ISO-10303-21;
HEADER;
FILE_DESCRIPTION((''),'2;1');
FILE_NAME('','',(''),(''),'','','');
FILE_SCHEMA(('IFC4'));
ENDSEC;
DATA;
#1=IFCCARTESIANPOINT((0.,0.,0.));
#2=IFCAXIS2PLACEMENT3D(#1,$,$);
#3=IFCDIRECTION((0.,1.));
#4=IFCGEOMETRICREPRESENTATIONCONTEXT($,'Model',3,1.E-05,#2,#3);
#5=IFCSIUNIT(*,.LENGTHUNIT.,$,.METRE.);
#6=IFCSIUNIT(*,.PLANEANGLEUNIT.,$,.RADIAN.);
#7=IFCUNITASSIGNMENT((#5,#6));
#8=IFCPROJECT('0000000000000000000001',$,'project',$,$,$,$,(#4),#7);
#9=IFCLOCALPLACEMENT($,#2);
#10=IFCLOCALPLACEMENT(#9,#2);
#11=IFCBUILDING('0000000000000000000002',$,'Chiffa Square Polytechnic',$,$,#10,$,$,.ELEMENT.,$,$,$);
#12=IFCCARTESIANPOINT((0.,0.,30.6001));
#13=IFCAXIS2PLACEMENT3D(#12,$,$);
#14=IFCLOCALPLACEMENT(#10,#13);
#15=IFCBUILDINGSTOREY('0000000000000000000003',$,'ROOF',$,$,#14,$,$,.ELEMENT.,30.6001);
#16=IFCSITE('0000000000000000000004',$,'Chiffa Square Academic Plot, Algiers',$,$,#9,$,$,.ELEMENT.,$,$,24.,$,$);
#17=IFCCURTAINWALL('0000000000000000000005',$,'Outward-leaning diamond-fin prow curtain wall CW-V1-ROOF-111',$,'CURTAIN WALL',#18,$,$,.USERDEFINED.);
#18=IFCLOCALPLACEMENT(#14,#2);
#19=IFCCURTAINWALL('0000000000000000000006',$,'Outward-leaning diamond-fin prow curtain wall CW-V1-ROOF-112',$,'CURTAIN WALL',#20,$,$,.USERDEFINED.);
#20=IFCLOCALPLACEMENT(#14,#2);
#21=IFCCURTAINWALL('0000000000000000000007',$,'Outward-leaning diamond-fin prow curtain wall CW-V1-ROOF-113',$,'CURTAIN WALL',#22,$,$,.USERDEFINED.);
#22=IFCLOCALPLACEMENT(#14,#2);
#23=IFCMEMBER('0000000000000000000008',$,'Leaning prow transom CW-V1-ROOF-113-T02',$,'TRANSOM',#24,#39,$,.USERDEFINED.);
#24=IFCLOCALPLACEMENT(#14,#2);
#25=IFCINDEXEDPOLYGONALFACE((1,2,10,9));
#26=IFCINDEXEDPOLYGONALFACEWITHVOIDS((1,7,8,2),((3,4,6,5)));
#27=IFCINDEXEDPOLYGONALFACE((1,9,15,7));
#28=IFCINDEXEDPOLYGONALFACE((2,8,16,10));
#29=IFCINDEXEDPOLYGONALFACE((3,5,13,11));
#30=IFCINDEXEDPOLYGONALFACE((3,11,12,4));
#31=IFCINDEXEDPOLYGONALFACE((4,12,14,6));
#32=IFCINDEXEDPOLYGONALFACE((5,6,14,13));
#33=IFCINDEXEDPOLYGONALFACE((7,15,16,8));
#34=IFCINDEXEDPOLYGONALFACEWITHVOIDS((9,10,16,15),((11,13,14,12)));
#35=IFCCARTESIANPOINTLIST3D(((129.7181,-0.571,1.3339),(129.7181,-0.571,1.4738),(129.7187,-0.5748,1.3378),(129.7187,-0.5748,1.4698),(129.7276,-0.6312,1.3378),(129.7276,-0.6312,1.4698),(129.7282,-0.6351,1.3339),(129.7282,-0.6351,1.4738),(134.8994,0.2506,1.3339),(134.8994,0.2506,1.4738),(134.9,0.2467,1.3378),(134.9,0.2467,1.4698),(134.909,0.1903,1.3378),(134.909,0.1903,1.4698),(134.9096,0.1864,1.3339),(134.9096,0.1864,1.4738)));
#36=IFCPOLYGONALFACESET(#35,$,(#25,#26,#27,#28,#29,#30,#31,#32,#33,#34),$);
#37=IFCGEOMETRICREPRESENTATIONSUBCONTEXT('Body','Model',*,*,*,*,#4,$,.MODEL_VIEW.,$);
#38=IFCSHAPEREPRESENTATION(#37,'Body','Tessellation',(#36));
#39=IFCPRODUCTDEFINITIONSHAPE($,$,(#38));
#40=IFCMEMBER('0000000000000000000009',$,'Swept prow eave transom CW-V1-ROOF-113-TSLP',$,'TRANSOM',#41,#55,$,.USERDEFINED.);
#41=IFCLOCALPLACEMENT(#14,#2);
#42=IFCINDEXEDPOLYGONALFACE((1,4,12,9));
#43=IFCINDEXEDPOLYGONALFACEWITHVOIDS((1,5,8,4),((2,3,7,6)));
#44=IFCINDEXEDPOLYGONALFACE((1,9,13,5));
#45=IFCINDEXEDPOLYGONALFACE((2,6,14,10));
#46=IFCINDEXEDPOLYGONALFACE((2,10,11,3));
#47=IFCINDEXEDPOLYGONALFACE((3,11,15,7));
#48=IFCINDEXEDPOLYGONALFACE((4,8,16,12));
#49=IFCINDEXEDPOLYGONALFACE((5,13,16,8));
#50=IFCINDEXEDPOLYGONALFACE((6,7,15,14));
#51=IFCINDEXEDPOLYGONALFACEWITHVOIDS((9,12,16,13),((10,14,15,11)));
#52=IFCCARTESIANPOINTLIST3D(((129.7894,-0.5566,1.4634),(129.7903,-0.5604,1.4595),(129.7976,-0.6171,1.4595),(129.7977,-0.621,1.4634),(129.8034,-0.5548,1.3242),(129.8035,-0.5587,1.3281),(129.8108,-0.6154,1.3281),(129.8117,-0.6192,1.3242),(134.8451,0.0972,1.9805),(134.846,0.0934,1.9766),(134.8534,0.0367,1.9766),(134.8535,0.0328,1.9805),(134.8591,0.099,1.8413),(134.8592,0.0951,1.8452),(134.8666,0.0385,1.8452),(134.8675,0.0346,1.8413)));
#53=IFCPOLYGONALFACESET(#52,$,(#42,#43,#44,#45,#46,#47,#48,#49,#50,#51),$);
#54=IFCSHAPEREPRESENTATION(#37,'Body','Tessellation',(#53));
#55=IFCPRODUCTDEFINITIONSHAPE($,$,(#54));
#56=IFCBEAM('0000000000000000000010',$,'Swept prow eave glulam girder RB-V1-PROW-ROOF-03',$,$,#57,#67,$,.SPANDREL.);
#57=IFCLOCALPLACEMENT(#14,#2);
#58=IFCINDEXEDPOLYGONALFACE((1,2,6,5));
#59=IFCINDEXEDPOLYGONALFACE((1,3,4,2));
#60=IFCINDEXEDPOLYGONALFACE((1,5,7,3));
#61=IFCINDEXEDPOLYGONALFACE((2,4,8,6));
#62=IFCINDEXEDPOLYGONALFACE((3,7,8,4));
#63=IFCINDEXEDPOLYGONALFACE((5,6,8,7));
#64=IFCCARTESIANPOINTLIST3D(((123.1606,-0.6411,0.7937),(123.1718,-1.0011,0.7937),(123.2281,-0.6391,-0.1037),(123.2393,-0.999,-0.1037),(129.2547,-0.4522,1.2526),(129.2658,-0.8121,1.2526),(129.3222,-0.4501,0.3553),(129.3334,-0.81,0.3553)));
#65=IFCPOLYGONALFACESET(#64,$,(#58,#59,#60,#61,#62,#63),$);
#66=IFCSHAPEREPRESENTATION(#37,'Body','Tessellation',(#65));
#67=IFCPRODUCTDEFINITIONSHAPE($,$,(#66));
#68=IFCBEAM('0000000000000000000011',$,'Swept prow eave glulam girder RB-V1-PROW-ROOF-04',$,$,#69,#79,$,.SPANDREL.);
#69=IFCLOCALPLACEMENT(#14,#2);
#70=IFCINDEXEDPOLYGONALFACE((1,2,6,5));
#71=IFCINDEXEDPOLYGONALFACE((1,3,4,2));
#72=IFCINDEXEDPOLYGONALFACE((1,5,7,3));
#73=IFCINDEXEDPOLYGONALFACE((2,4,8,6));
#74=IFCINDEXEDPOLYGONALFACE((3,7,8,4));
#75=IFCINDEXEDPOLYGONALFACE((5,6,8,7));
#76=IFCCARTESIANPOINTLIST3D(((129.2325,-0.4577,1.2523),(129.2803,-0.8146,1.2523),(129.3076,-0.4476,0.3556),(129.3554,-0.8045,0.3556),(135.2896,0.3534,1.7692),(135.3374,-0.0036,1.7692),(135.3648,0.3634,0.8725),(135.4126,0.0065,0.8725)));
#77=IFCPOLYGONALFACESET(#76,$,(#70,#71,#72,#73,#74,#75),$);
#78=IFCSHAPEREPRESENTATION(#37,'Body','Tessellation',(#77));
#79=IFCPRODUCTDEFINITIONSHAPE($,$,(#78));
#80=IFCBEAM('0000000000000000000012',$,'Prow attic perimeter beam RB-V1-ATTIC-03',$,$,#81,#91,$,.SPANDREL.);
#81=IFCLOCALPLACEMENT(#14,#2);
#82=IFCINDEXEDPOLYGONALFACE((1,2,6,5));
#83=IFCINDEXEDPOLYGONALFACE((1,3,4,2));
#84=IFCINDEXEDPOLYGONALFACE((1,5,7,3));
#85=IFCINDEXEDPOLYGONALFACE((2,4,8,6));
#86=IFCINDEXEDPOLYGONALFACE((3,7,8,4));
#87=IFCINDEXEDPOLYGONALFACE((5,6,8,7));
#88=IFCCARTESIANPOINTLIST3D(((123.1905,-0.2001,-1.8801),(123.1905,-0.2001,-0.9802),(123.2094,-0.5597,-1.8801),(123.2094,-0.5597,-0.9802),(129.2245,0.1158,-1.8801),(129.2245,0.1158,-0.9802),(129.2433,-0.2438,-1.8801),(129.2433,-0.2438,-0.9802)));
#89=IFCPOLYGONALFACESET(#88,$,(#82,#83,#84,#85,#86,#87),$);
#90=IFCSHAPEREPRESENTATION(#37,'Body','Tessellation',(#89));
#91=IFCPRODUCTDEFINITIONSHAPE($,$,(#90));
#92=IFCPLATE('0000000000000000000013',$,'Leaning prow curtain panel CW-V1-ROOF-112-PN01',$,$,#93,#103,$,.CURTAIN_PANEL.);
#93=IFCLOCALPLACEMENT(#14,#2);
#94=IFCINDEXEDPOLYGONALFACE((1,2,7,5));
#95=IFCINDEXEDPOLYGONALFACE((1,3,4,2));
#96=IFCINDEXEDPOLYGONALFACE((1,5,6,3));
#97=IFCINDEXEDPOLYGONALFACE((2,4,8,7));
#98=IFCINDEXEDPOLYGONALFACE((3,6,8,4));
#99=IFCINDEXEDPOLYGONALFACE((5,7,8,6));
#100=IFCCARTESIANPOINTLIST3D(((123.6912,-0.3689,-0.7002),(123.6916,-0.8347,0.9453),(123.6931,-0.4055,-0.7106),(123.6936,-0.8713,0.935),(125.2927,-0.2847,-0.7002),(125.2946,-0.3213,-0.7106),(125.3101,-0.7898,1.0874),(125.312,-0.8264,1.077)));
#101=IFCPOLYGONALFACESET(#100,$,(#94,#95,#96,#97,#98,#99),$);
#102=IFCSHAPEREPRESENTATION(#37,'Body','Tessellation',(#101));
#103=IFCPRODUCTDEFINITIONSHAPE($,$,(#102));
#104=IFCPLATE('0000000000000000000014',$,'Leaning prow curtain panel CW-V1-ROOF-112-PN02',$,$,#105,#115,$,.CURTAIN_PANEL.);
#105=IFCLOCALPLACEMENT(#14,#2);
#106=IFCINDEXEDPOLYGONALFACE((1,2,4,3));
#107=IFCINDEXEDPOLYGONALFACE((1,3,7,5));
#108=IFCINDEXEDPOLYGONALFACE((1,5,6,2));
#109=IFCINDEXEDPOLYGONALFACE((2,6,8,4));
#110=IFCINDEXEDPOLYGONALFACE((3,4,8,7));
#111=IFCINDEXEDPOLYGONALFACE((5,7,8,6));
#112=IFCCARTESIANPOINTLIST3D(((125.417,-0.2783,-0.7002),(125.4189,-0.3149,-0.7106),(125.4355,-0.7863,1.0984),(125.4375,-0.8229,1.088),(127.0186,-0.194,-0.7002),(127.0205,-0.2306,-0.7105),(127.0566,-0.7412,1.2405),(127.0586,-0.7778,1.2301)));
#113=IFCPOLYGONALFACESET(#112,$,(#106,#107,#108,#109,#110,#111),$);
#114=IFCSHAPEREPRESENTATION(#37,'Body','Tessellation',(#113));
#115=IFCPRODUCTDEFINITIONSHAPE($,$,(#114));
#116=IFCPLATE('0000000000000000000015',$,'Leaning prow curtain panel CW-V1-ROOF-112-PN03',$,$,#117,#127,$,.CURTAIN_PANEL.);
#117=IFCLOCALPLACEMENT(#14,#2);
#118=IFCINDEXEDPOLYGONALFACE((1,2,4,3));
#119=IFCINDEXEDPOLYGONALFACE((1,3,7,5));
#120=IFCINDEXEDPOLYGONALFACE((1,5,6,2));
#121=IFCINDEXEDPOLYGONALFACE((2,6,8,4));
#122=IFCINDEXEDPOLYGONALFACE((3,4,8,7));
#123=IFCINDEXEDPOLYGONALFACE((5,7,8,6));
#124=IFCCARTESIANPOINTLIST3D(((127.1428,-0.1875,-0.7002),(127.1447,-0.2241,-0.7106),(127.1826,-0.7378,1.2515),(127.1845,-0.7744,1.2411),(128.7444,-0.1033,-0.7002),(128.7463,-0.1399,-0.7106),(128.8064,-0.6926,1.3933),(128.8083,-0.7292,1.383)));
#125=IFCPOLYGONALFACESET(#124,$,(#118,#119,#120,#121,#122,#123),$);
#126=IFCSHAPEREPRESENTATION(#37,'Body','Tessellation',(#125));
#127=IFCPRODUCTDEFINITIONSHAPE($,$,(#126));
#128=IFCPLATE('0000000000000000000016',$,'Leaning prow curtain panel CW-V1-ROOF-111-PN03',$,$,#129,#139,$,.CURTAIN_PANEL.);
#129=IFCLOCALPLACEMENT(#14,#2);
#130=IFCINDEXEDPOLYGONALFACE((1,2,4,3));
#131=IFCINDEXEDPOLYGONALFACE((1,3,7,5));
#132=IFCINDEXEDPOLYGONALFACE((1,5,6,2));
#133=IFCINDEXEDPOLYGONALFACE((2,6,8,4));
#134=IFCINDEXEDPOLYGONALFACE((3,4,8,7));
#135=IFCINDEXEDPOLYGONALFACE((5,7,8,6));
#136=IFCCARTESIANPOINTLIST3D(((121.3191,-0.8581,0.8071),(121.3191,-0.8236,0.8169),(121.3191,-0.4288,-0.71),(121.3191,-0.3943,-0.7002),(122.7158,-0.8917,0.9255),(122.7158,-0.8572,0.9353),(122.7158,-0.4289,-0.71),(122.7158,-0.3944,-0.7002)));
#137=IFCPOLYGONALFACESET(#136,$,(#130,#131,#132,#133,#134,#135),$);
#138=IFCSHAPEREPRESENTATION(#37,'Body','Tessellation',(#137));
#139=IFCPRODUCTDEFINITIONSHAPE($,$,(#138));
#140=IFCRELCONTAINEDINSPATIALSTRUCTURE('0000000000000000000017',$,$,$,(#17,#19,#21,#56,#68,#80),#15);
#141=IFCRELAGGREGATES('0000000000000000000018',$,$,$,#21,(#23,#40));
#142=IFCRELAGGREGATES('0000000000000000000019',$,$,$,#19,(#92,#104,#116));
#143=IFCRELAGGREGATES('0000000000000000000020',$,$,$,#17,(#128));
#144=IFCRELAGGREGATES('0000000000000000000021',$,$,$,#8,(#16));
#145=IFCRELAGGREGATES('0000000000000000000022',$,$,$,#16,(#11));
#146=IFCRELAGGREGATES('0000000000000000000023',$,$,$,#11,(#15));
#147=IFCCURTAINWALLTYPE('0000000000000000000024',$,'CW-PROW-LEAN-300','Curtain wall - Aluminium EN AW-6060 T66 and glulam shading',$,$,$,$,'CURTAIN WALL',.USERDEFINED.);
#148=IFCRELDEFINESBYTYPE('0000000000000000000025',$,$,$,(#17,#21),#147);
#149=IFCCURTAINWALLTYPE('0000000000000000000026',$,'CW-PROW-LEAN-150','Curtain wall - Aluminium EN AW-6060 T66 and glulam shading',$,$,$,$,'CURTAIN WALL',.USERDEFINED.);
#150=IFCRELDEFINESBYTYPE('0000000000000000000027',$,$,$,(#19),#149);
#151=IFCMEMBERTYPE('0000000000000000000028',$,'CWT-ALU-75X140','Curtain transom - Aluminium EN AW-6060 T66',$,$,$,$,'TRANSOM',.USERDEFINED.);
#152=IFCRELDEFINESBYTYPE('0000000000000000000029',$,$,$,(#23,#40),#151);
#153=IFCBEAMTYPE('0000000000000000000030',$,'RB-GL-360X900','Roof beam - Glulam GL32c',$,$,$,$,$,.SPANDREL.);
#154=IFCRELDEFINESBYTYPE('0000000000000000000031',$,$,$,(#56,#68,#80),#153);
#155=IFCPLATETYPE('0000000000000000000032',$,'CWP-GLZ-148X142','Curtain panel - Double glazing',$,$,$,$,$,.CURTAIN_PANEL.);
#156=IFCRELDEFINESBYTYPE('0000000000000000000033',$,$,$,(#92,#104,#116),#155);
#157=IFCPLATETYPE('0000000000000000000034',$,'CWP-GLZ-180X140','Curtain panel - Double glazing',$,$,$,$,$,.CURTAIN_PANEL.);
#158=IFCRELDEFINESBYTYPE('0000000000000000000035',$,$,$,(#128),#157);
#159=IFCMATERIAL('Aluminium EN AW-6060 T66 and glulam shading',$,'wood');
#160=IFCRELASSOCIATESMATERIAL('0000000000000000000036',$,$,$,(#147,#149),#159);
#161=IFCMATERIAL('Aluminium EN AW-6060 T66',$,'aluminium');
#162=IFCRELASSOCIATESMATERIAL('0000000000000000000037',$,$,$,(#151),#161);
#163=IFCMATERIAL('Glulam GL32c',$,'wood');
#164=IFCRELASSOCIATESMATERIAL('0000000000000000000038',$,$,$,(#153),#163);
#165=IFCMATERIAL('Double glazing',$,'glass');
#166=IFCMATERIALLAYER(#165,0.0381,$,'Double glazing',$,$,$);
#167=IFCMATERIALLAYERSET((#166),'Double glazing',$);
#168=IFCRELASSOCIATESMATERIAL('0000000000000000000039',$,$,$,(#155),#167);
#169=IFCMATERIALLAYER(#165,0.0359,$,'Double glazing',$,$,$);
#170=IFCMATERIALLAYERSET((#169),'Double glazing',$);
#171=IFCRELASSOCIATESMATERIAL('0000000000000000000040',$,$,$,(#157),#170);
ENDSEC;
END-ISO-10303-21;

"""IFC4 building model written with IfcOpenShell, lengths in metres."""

from ifc_helpers import new_model, si_unit, direction, frame, origin, origin_2d, place, context, subcontext, project, spatial, polyline, rectangle, hollow_rectangle, outline, extrude, material, layer, layer_set, material_profile, profile_set, type_object, element, aggregate, save


model = new_model("IFC4")

# Units and contexts
model_context = context("Model", 3, precision=1e-05, world=origin(), true_north=direction((0.0, 1.0)))
body_context = subcontext(model_context, "Body", "Model", "MODEL_VIEW")
ifc_project = project(units=[si_unit("LENGTHUNIT", "METRE"), si_unit("PLANEANGLEUNIT", "RADIAN")], contexts=[model_context])

# Site, building, storey
site_placement = place(None, origin())
site = spatial("IfcSite", under=ifc_project, at=site_placement, Name="Chiffa Square Academic Plot, Algiers", CompositionType="ELEMENT", RefElevation=24.0)
building_placement = place(site_placement, origin())
building = spatial("IfcBuilding", under=site, at=building_placement, Name="Chiffa Square Polytechnic", CompositionType="ELEMENT")
storey_placement = place(building_placement, frame((0.0, 0.0, 30.6001)))
storey = spatial("IfcBuildingStorey", under=building, at=storey_placement, Name="ROOF", CompositionType="ELEMENT", Elevation=30.6001)

# Shared definitions
ifc_material_1 = material(Name="Glulam GL32c", Category="wood")

# Curtain walls
ifc_material_2 = material(Name="Aluminium EN AW-6060 T66 and glulam shading", Category="wood")
curtain_wall_type_1 = type_object("IfcCurtainWallType", Name="CW-PROW-LEAN-300", Description="Curtain wall - Aluminium EN AW-6060 T66 and glulam shading", ElementType="CURTAIN WALL", PredefinedType="USERDEFINED", material=ifc_material_2)
curtain_wall_1_placement = place(storey_placement, origin())
curtain_wall_1 = element("IfcCurtainWall", 1, at=curtain_wall_1_placement, inside=storey, type_object=curtain_wall_type_1, Name="Outward-leaning diamond-fin prow curtain wall CW-V1-ROOF-111", ObjectType="CURTAIN WALL", PredefinedType="USERDEFINED")
ifc_material_3 = material(Name="Aluminium EN AW-6060 T66", Category="aluminium")
curtain_wall_type_2 = type_object("IfcCurtainWallType", Name="CW-PROW-LEAN-150", Description="Curtain wall - Aluminium EN AW-6060 T66 and glulam shading", ElementType="CURTAIN WALL", PredefinedType="USERDEFINED", material=ifc_material_2)
curtain_wall_2_placement = place(storey_placement, origin())
curtain_wall_2 = element("IfcCurtainWall", 2, at=curtain_wall_2_placement, inside=storey, type_object=curtain_wall_type_2, Name="Outward-leaning diamond-fin prow curtain wall CW-V1-ROOF-112", ObjectType="CURTAIN WALL", PredefinedType="USERDEFINED")

# Curtain wall
curtain_wall_3_placement = place(storey_placement, origin())
curtain_wall_3 = element("IfcCurtainWall", 3, at=curtain_wall_3_placement, inside=storey, type_object=curtain_wall_type_1, Name="Outward-leaning diamond-fin prow curtain wall CW-V1-ROOF-113", ObjectType="CURTAIN WALL", PredefinedType="USERDEFINED")

# Members
ifc_material_profile_1 = material_profile(ifc_material_3, hollow_rectangle(XDim=0.0649, YDim=0.1399, WallThickness=0.0039, at=origin_2d()), Name="ALU 65x140x4")
ifc_profile_set_1 = profile_set([ifc_material_profile_1], Name="Aluminium EN AW-6060 T66")
member_type_1 = type_object("IfcMemberType", Name="CWT-ALU-75X140", Description="Curtain transom - Aluminium EN AW-6060 T66", ElementType="TRANSOM", PredefinedType="USERDEFINED", material=ifc_profile_set_1)
member_1_placement = place(storey_placement, frame((129.7231, -0.603, 1.4038), z_axis=(0.987662, 0.156598, 0.0), x_axis=(-0.156598, 0.987662, 0.0)))
member_1 = element("IfcMember", 4, at=member_1_placement, type_object=member_type_1, Name="Leaning prow transom CW-V1-ROOF-113-T02", ObjectType="TRANSOM", PredefinedType="USERDEFINED", context=body_context, shape_type="SweptSolid", body=[
    extrude(hollow_rectangle(XDim=0.0649, YDim=0.1399, WallThickness=0.0039, at=origin_2d()), origin(), (0.0, 0.0, 1.0), 5.2461),
])
member_2_placement = place(storey_placement, frame((129.8005, -0.5879, 1.3938), z_axis=(0.986678, 0.127599, 0.100917), x_axis=(-0.128254, 0.991741, 0.0)))
member_2 = element("IfcMember", 5, at=member_2_placement, type_object=member_type_1, Name="Swept prow eave transom CW-V1-ROOF-113-TSLP", ObjectType="TRANSOM", PredefinedType="USERDEFINED", context=body_context, shape_type="SweptSolid", body=[
    extrude(hollow_rectangle(XDim=0.0649, YDim=0.1399, WallThickness=0.0039, at=origin_2d()), origin(), (0.0, 0.0, 1.0), 5.124),
])
aggregate(curtain_wall_3, [member_1, member_2])

# Beams
ifc_material_profile_2 = material_profile(ifc_material_1, rectangle(XDim=0.3601, YDim=0.8999, at=origin_2d()), Name="GL32c 360x900")
ifc_profile_set_2 = profile_set([ifc_material_profile_2], Name="Glulam GL32c")
beam_type_1 = type_object("IfcBeamType", Name="RB-GL-360X900", Description="Roof beam - Glulam GL32c", PredefinedType="SPANDREL", material=ifc_profile_set_2)
beam_1_placement = place(storey_placement, frame((123.2, -0.8201, 0.345), z_axis=(0.996699, 0.030906, 0.075069), x_axis=(-0.030993, 0.99952, 0.0)))
element("IfcBeam", 6, at=beam_1_placement, inside=storey, type_object=beam_type_1, Name="Swept prow eave glulam girder RB-V1-PROW-ROOF-03", PredefinedType="SPANDREL", context=body_context, shape_type="SweptSolid", body=[
    extrude(rectangle(XDim=0.3601, YDim=0.8999, at=origin_2d()), origin(), (0.0, 0.0, 1.0), 6.1143),
])
beam_2_placement = place(storey_placement, frame((129.2939, -0.6311, 0.804), z_axis=(0.987629, 0.132241, 0.084273), x_axis=(-0.132713, 0.991154, 0.0)))
element("IfcBeam", 7, at=beam_2_placement, inside=storey, type_object=beam_type_1, Name="Swept prow eave glulam girder RB-V1-PROW-ROOF-04", PredefinedType="SPANDREL", context=body_context, shape_type="SweptSolid", body=[
    extrude(rectangle(XDim=0.3601, YDim=0.8999, at=origin_2d()), origin(), (0.0, 0.0, 1.0), 6.1331),
])
beam_3_placement = place(storey_placement, frame((123.2, -0.3799, -1.4302), z_axis=(0.998632, 0.052285, 0.0), x_axis=(-0.052285, 0.998632, 0.0)))
element("IfcBeam", 8, at=beam_3_placement, inside=storey, type_object=beam_type_1, Name="Prow attic perimeter beam RB-V1-ATTIC-03", PredefinedType="SPANDREL", context=body_context, shape_type="SweptSolid", body=[
    extrude(rectangle(XDim=0.3601, YDim=0.8999, at=origin_2d()), origin(), (0.0, 0.0, 1.0), 6.0422),
])

# Plates
ifc_material_4 = material(Name="Double glazing", Category="glass")
ifc_layer_1 = layer(ifc_material_4, 0.0381, Name="Double glazing")
ifc_layer_set_1 = layer_set([ifc_layer_1], Name="Double glazing")
plate_type_1 = type_object("IfcPlateType", Name="CWP-GLZ-148X142", Description="Curtain panel - Double glazing", PredefinedType="CURTAIN_PANEL", material=ifc_layer_set_1)
plate_1_placement = place(storey_placement, frame((123.6912, -0.3689, -0.7002), z_axis=(-0.050548, 0.960958, 0.272039), x_axis=(0.998619, 0.052528, 0.000003)))
plate_1 = element("IfcPlate", 9, at=plate_1_placement, type_object=plate_type_1, Name="Leaning prow curtain panel CW-V1-ROOF-112-PN01", PredefinedType="CURTAIN_PANEL", context=body_context, shape_type="SweptSolid", body=[
    extrude(outline(polyline([(0.0, 0.0), (1.6038, 0.0), (1.5946, -1.8577), (-0.024, -1.71), (0.0, 0.0)])), origin(), (0.0, 0.0, -1.0), 0.0381),
])
plate_2_placement = place(storey_placement, frame((125.417, -0.2783, -0.7002), z_axis=(-0.050575, 0.960983, 0.271945), x_axis=(0.998618, 0.052553, 0.00001)))
plate_2 = element("IfcPlate", 10, at=plate_2_placement, type_object=plate_type_1, Name="Leaning prow curtain panel CW-V1-ROOF-112-PN02", PredefinedType="CURTAIN_PANEL", context=body_context, shape_type="SweptSolid", body=[
    extrude(outline(polyline([(0.0, 0.0), (1.6038, 0.0), (1.6131, -2.0167), (-0.0082, -1.869), (0.0, 0.0)])), origin(), (0.0, 0.0, -1.0), 0.0381),
])
plate_3_placement = place(storey_placement, frame((127.1428, -0.1875, -0.7002), z_axis=(-0.050515, 0.960969, 0.272006), x_axis=(0.998621, 0.052496, -0.000007)))
plate_3 = element("IfcPlate", 11, at=plate_3_placement, type_object=plate_type_1, Name="Leaning prow curtain panel CW-V1-ROOF-112-PN03", PredefinedType="CURTAIN_PANEL", context=body_context, shape_type="SweptSolid", body=[
    extrude(outline(polyline([(0.0, 0.0), (1.6038, 0.0), (1.6347, -2.1755), (0.0108, -2.0281), (0.0, 0.0)])), origin(), (0.0, 0.0, -1.0), 0.0381),
])
aggregate(curtain_wall_2, [plate_1, plate_2, plate_3])
ifc_layer_2 = layer(ifc_material_4, 0.0359, Name="Double glazing")
ifc_layer_set_2 = layer_set([ifc_layer_2], Name="Double glazing")
plate_type_2 = type_object("IfcPlateType", Name="CWP-GLZ-180X140", Description="Curtain panel - Double glazing", PredefinedType="CURTAIN_PANEL", material=ifc_layer_set_2)
plate_4_placement = place(storey_placement, frame((121.3191, -0.3943, -0.7002), z_axis=(0.000064, 0.962218, 0.27228), x_axis=(1.0, -0.000061, -0.000017)))
plate_4 = element("IfcPlate", 12, at=plate_4_placement, type_object=plate_type_2, Name="Leaning prow curtain panel CW-V1-ROOF-111-PN03", PredefinedType="CURTAIN_PANEL", context=body_context, shape_type="SweptSolid", body=[
    extrude(outline(polyline([(0.0, 0.0), (1.3967, 0.0), (1.3967, -1.6997), (0.0, -1.5766), (0.0, 0.0)])), origin(), (0.0, 0.0, -1.0), 0.0359),
])
aggregate(curtain_wall_1, [plate_4])

save(model, "model.ifc")
